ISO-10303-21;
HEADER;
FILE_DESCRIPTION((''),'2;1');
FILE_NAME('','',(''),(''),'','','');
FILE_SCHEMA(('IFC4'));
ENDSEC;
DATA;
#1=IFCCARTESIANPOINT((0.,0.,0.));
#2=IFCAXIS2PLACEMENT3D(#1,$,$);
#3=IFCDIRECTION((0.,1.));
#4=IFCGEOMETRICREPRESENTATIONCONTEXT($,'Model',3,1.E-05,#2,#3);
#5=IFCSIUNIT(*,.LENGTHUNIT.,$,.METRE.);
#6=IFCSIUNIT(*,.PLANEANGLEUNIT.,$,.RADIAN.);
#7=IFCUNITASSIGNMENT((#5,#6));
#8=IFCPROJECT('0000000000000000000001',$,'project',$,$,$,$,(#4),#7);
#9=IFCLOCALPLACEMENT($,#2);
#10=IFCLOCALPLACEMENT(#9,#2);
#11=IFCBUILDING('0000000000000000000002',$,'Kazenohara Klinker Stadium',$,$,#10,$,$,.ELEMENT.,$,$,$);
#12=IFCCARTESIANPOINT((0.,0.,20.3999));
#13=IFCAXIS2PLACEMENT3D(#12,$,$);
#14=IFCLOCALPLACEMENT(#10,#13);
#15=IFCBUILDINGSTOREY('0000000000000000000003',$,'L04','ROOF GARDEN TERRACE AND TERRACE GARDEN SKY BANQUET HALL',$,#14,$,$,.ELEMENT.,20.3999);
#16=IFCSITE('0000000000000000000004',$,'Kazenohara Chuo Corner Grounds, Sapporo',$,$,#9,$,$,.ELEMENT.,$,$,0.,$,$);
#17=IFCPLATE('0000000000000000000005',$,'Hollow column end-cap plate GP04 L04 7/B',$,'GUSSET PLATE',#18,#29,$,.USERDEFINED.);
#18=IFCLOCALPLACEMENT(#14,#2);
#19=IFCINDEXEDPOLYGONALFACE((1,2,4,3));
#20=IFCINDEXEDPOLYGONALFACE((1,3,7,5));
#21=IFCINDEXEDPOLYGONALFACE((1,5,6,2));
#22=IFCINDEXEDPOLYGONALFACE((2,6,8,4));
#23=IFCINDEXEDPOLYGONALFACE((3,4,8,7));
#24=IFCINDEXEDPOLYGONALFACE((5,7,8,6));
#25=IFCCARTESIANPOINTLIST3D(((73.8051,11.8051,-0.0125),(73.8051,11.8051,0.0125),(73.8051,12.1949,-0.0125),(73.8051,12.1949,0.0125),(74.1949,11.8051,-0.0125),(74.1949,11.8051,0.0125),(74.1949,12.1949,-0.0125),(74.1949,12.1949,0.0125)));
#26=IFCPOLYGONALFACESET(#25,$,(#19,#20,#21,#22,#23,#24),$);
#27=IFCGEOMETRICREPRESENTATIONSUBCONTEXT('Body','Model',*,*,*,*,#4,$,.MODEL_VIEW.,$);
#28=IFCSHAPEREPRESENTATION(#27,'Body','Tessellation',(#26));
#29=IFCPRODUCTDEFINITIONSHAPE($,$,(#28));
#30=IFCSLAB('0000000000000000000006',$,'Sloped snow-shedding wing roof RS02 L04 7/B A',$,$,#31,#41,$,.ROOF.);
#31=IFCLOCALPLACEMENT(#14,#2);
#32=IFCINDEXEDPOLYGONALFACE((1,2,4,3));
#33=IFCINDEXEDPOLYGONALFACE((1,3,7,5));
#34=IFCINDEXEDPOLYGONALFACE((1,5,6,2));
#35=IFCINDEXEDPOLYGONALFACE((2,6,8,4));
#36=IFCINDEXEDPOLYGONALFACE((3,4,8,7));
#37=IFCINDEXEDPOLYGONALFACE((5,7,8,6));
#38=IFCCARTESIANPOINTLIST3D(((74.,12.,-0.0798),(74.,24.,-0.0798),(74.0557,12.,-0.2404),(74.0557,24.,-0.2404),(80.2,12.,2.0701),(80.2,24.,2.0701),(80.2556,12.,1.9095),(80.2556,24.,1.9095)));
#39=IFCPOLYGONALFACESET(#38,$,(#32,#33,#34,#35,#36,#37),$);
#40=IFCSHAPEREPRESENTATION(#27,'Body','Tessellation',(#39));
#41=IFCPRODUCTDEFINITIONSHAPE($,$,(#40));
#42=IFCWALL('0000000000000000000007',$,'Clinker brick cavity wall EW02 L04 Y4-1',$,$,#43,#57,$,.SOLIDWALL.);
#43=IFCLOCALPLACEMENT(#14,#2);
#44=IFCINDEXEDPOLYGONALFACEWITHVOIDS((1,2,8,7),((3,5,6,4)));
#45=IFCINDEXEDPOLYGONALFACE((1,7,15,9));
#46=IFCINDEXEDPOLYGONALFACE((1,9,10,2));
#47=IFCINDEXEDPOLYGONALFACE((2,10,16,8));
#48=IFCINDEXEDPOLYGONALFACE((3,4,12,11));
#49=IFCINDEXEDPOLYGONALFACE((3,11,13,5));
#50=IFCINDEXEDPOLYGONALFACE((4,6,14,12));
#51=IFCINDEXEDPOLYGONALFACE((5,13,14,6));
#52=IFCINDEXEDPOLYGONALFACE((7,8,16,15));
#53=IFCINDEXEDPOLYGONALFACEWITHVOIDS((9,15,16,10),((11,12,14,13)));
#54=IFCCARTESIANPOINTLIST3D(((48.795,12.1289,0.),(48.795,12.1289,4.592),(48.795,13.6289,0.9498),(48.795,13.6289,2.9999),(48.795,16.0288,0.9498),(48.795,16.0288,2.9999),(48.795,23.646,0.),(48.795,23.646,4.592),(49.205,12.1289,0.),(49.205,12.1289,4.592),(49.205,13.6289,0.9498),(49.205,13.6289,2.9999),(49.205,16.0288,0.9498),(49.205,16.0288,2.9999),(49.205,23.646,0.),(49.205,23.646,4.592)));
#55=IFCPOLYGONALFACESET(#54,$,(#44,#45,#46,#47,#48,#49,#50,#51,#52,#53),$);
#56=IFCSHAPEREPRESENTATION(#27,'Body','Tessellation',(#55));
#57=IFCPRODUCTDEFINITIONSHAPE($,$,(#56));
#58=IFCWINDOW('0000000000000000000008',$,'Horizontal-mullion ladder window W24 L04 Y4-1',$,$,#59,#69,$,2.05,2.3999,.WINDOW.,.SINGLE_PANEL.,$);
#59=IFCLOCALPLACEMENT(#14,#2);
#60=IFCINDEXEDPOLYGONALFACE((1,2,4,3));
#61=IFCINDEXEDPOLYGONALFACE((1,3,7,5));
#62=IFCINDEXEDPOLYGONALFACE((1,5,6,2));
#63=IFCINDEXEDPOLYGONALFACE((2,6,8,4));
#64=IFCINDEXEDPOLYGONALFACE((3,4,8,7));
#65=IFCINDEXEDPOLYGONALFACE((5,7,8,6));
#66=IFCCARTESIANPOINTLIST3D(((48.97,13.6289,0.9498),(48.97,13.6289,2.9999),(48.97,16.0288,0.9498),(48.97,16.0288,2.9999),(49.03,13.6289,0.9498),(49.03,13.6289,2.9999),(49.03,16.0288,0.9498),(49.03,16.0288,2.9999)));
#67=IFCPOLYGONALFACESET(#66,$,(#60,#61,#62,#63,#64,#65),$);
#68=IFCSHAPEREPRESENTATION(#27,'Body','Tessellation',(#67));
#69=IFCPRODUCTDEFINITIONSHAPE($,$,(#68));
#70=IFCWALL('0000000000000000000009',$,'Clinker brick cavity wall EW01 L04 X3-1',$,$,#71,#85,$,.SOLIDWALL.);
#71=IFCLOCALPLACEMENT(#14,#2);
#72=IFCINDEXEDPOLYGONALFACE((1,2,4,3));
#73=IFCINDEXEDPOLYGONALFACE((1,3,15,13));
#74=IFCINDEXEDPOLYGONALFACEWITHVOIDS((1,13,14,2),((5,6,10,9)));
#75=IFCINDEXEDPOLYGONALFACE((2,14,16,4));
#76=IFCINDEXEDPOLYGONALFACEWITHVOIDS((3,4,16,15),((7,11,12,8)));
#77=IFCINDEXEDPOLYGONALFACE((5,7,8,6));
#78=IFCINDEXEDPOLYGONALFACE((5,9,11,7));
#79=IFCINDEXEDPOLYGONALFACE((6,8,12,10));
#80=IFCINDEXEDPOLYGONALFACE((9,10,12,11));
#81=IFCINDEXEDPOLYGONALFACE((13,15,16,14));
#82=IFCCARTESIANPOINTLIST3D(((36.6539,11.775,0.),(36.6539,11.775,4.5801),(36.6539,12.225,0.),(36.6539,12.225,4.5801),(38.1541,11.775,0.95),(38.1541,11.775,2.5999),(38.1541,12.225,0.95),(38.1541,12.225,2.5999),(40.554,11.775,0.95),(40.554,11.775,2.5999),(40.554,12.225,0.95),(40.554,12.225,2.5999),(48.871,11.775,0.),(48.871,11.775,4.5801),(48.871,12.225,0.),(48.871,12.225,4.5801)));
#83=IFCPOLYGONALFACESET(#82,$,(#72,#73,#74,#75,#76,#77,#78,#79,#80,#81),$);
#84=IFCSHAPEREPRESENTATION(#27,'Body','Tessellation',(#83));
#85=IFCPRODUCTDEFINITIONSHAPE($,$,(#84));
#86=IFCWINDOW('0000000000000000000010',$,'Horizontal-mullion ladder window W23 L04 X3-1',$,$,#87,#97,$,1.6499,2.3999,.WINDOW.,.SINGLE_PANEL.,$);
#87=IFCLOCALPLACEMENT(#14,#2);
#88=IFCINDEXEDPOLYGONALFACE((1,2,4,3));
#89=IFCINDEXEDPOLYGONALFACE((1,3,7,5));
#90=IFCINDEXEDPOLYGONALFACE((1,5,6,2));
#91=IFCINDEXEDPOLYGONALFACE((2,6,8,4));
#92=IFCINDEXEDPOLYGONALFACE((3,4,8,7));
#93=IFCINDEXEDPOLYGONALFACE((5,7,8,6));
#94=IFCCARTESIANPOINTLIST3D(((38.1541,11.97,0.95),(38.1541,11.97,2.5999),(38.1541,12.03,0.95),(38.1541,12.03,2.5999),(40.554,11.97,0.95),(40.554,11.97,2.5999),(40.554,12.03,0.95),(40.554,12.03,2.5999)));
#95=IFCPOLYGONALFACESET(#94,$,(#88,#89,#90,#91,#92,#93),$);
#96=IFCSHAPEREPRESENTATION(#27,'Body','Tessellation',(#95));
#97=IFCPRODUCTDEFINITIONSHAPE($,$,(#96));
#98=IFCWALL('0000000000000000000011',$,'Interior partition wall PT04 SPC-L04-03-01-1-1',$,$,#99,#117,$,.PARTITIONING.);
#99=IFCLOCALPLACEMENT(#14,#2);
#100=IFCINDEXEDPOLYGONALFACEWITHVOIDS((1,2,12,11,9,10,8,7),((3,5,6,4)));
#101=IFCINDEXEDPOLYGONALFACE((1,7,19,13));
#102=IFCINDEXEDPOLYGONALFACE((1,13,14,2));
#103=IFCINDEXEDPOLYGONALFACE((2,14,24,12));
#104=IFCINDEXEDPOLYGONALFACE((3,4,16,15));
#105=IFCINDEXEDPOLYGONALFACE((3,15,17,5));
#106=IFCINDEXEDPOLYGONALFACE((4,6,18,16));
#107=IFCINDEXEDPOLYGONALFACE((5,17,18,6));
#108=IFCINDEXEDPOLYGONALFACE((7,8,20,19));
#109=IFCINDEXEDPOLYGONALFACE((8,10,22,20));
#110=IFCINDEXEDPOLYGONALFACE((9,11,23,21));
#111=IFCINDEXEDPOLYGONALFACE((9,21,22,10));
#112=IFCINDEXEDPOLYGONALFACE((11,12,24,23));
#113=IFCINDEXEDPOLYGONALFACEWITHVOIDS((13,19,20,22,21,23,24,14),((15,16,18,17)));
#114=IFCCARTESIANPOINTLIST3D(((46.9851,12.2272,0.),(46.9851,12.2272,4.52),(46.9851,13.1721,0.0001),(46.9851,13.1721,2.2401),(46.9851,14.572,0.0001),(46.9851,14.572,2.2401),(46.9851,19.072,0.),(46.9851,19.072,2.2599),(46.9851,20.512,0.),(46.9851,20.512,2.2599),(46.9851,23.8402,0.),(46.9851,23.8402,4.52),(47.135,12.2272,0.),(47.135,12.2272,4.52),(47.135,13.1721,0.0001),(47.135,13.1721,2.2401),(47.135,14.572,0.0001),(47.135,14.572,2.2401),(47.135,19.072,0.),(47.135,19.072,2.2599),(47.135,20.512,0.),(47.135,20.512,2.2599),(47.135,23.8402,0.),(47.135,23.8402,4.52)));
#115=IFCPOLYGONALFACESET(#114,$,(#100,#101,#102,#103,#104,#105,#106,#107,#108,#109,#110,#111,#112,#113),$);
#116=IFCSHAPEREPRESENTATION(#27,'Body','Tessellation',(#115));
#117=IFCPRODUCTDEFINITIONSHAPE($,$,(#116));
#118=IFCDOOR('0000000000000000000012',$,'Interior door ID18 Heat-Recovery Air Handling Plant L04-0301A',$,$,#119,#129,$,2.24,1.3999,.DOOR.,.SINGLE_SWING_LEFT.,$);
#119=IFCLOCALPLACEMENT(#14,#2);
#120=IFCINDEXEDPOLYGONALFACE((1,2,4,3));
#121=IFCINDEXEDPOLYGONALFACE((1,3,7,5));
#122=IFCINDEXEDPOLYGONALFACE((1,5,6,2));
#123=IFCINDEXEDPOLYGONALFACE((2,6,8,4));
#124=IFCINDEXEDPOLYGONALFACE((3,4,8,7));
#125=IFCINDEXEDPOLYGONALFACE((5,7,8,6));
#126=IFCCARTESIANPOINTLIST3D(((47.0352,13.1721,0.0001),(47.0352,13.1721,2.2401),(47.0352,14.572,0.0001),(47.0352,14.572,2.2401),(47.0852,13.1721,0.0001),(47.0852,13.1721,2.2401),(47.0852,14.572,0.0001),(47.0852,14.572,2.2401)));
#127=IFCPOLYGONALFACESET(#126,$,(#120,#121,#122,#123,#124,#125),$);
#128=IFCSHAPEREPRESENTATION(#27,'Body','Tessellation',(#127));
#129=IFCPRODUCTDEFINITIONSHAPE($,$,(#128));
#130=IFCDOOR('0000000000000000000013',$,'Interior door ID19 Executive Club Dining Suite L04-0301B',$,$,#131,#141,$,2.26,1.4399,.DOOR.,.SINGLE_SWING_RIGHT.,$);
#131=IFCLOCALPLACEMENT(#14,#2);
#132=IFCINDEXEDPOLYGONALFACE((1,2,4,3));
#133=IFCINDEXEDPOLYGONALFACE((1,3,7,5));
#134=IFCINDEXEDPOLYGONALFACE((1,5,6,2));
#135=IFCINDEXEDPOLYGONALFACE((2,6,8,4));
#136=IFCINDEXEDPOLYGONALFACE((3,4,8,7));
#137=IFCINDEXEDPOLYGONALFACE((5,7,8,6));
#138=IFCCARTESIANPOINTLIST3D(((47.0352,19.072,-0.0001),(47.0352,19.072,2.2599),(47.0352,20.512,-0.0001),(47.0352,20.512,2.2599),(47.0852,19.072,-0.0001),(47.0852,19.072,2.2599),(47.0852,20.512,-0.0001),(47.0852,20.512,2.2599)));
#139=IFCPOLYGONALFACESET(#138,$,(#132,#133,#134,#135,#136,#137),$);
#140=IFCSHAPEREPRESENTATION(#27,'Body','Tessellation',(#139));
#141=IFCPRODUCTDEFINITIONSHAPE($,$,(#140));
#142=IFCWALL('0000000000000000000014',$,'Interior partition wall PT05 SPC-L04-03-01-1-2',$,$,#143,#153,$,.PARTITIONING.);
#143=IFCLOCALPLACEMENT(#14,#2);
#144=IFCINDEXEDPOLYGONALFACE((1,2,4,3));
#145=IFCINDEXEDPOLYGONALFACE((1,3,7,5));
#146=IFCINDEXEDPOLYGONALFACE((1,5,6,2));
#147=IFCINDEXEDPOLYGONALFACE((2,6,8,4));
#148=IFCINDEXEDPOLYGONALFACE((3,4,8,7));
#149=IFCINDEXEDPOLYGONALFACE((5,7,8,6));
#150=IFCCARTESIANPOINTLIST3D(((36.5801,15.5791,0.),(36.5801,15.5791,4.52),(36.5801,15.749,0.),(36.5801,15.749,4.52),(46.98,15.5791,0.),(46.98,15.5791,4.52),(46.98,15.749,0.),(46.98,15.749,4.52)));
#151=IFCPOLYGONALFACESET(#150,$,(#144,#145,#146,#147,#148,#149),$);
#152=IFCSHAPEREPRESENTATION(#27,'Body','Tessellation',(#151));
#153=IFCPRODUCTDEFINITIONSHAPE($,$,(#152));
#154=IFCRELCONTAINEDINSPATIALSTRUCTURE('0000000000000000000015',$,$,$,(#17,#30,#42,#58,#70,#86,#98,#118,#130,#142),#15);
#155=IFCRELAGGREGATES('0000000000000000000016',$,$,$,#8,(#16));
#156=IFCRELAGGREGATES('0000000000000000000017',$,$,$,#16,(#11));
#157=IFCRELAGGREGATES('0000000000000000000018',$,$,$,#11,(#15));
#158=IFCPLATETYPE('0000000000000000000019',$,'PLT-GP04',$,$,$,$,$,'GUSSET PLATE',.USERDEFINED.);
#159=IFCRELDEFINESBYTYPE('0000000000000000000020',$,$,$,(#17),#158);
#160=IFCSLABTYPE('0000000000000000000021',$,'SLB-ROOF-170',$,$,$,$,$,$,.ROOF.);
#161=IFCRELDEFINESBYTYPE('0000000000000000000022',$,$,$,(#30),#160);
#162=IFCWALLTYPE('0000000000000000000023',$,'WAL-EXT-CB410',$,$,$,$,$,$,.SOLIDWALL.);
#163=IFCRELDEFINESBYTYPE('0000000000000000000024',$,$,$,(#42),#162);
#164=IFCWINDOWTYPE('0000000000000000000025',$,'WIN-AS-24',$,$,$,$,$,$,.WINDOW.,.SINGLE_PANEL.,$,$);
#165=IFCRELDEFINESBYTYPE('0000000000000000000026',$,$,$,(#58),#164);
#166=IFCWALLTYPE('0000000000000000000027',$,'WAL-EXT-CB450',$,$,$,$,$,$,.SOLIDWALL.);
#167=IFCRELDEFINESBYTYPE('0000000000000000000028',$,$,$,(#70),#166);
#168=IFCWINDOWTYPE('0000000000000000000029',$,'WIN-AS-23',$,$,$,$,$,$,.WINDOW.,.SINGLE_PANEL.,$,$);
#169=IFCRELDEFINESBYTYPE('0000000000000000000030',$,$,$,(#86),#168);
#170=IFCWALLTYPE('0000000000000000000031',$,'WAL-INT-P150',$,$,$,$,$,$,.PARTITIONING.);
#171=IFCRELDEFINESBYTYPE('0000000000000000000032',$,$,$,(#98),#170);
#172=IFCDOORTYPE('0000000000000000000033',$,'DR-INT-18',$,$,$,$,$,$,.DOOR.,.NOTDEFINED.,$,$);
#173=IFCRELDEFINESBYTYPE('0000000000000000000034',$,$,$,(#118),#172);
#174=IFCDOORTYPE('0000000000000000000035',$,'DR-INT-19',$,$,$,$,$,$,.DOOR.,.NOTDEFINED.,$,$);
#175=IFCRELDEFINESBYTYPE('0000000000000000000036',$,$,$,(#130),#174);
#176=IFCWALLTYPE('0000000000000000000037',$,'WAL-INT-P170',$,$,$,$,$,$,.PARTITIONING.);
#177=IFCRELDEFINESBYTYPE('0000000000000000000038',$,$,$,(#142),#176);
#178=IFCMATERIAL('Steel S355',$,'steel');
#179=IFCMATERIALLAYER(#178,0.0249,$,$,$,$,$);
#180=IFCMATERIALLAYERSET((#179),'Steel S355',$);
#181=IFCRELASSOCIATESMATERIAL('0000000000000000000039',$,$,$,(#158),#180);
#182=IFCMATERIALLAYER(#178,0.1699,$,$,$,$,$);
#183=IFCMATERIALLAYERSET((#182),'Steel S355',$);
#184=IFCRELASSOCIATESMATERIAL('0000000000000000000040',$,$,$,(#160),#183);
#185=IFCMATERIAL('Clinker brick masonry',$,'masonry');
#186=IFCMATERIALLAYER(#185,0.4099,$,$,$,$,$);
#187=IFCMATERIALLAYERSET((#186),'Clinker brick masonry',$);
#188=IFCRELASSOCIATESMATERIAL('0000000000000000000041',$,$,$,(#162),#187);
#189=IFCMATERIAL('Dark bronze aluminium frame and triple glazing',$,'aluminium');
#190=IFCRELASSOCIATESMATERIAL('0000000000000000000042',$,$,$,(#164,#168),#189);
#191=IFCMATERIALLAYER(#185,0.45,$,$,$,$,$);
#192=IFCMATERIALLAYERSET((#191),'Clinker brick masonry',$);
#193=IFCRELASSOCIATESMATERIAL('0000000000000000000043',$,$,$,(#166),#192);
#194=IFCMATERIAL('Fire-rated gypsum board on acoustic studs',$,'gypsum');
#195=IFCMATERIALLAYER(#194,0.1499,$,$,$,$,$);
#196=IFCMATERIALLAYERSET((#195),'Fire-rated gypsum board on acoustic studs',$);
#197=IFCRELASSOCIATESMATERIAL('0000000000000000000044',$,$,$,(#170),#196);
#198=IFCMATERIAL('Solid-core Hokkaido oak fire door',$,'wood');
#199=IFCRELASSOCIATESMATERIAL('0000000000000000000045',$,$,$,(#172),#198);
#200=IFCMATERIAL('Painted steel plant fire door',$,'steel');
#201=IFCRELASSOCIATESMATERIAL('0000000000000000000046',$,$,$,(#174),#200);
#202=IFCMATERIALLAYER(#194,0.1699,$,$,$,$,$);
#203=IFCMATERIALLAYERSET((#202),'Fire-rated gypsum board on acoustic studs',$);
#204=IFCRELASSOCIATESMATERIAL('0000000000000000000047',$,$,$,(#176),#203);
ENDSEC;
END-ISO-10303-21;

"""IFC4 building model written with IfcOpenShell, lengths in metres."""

from ifc_helpers import new_model, si_unit, direction, frame, frame_2d, origin, origin_2d, place, context, subcontext, project, spatial, polyline, rectangle, outline, extrude, material, layer, layer_set, type_object, element, fill, save


model = new_model("IFC4")

# Units and contexts
model_context = context("Model", 3, precision=1e-05, world=origin(), true_north=direction((0.0, 1.0)))
body_context = subcontext(model_context, "Body", "Model", "MODEL_VIEW")
ifc_project = project(units=[si_unit("LENGTHUNIT", "METRE"), si_unit("PLANEANGLEUNIT", "RADIAN")], contexts=[model_context])

# Site, building, storey
site_placement = place(None, origin())
site = spatial("IfcSite", under=ifc_project, at=site_placement, Name="Kazenohara Chuo Corner Grounds, Sapporo", CompositionType="ELEMENT", RefElevation=0.0)
building_placement = place(site_placement, origin())
building = spatial("IfcBuilding", under=site, at=building_placement, Name="Kazenohara Klinker Stadium", CompositionType="ELEMENT")
storey_placement = place(building_placement, frame((0.0, 0.0, 20.3999)))
storey = spatial("IfcBuildingStorey", under=building, at=storey_placement, Name="L04", Description="ROOF GARDEN TERRACE AND TERRACE GARDEN SKY BANQUET HALL", CompositionType="ELEMENT", Elevation=20.3999)

# Shared definitions
ifc_material_1 = material(Name="Steel S355", Category="steel")

# Plate
ifc_layer_1 = layer(ifc_material_1, 0.0249)
ifc_layer_set_1 = layer_set([ifc_layer_1], Name="Steel S355")
plate_type_1 = type_object("IfcPlateType", Name="PLT-GP04", ElementType="GUSSET PLATE", PredefinedType="USERDEFINED", material=ifc_layer_set_1)
plate_1_placement = place(storey_placement, frame((74.0, 12.0, -0.0125), z_axis=(0.0, 0.0, 1.0), x_axis=(1.0, 0.0, 0.0)))
element("IfcPlate", 1, at=plate_1_placement, inside=storey, type_object=plate_type_1, Name="Hollow column end-cap plate GP04 L04 7/B", ObjectType="GUSSET PLATE", PredefinedType="USERDEFINED", context=body_context, shape_type="SweptSolid", body=[
    extrude(rectangle(XDim=0.3899, YDim=0.3899, at=origin_2d()), origin(), (0.0, 0.0, 1.0), 0.0249),
])

# Slab
ifc_layer_2 = layer(ifc_material_1, 0.1699)
ifc_layer_set_2 = layer_set([ifc_layer_2], Name="Steel S355")
slab_type = type_object("IfcSlabType", Name="SLB-ROOF-170", PredefinedType="ROOF", material=ifc_layer_set_2)
slab_placement = place(storey_placement, frame((74.0, 12.0, -0.0798), z_axis=(-0.327623, 0.0, 0.944809), x_axis=(0.944809, 0.0, 0.327623)))
element("IfcSlab", 2, at=slab_placement, inside=storey, type_object=slab_type, Name="Sloped snow-shedding wing roof RS02 L04 7/B A", PredefinedType="ROOF", context=body_context, shape_type="SweptSolid", body=[
    extrude(outline(polyline([(0.0, 0.0), (6.5621, 0.0), (6.5621, 12.0), (0.0, 12.0), (0.0, 0.0)])), origin(), (0.0, 0.0, -1.0), 0.1699),
])

# Walls, openings, windows
ifc_material_2 = material(Name="Clinker brick masonry", Category="masonry")
ifc_layer_3 = layer(ifc_material_2, 0.4099)
ifc_layer_set_3 = layer_set([ifc_layer_3], Name="Clinker brick masonry")
wall_type_1 = type_object("IfcWallType", Name="WAL-EXT-CB410", PredefinedType="SOLIDWALL", material=ifc_layer_set_3)
wall_1_placement = place(storey_placement, frame((49.0, 12.1289, 0.0), z_axis=(0.0, 0.0, 1.0), x_axis=(0.0, 1.0, 0.0)))
wall_1 = element("IfcWall", 3, at=wall_1_placement, inside=storey, type_object=wall_type_1, Name="Clinker brick cavity wall EW02 L04 Y4-1", PredefinedType="SOLIDWALL", context=body_context, shape_type="SweptSolid", body=[
    extrude(rectangle(XDim=11.5171, YDim=0.4099, at=frame_2d((5.7585, 0.0))), origin(), (0.0, 0.0, 1.0), 4.592),
])
opening_1_placement = place(wall_1_placement, frame((1.5, 0.0, 0.95)))
opening_1 = element("IfcOpeningElement", 4, at=opening_1_placement, cuts=wall_1, PredefinedType="OPENING", context=body_context, shape_type="SweptSolid", body=[
    extrude(rectangle(XDim=2.3999, YDim=2.05, at=frame_2d((1.2, 1.0249))), frame((0.0, 0.2148, 0.0), z_axis=(0.0, -1.0, 0.0), x_axis=(1.0, 0.0, 0.0)), (0.0, 0.0, 1.0), 0.4299),
])
ifc_material_3 = material(Name="Dark bronze aluminium frame and triple glazing", Category="aluminium")
window_type_1 = type_object("IfcWindowType", Name="WIN-AS-24", PartitioningType="SINGLE_PANEL", PredefinedType="WINDOW", material=ifc_material_3)
window_1_placement = place(opening_1_placement, origin())
window_1 = element("IfcWindow", 5, at=window_1_placement, inside=storey, type_object=window_type_1, Name="Horizontal-mullion ladder window W24 L04 Y4-1", OverallHeight=2.05, OverallWidth=2.3999, PartitioningType="SINGLE_PANEL", PredefinedType="WINDOW", context=body_context, shape_type="SweptSolid", body=[
    extrude(rectangle(XDim=2.3999, YDim=2.05, at=frame_2d((1.2, 1.0249))), frame((0.0, 0.03, 0.0), z_axis=(0.0, -1.0, 0.0), x_axis=(1.0, 0.0, 0.0)), (0.0, 0.0, 1.0), 0.0601),
])
fill(opening_1, window_1)
ifc_layer_4 = layer(ifc_material_2, 0.45)
ifc_layer_set_4 = layer_set([ifc_layer_4], Name="Clinker brick masonry")
wall_type_2 = type_object("IfcWallType", Name="WAL-EXT-CB450", PredefinedType="SOLIDWALL", material=ifc_layer_set_4)
wall_2_placement = place(storey_placement, frame((36.6541, 12.0, 0.0), z_axis=(0.0, 0.0, 1.0), x_axis=(1.0, 0.0, 0.0)))
wall_2 = element("IfcWall", 6, at=wall_2_placement, inside=storey, type_object=wall_type_2, Name="Clinker brick cavity wall EW01 L04 X3-1", PredefinedType="SOLIDWALL", context=body_context, shape_type="SweptSolid", body=[
    extrude(rectangle(XDim=12.217, YDim=0.45, at=frame_2d((6.1084, 0.0))), origin(), (0.0, 0.0, 1.0), 4.5801),
])
opening_2_placement = place(wall_2_placement, frame((1.5, 0.0, 0.95)))
opening_2 = element("IfcOpeningElement", 7, at=opening_2_placement, cuts=wall_2, PredefinedType="OPENING", context=body_context, shape_type="SweptSolid", body=[
    extrude(rectangle(XDim=2.3999, YDim=1.6499, at=frame_2d((1.2, 0.825))), frame((0.0, 0.2349, 0.0), z_axis=(0.0, -1.0, 0.0), x_axis=(1.0, 0.0, 0.0)), (0.0, 0.0, 1.0), 0.47),
])
window_type_2 = type_object("IfcWindowType", Name="WIN-AS-23", PartitioningType="SINGLE_PANEL", PredefinedType="WINDOW", material=ifc_material_3)
window_2_placement = place(opening_2_placement, origin())
window_2 = element("IfcWindow", 8, at=window_2_placement, inside=storey, type_object=window_type_2, Name="Horizontal-mullion ladder window W23 L04 X3-1", OverallHeight=1.6499, OverallWidth=2.3999, PartitioningType="SINGLE_PANEL", PredefinedType="WINDOW", context=body_context, shape_type="SweptSolid", body=[
    extrude(rectangle(XDim=2.3999, YDim=1.6499, at=frame_2d((1.2, 0.825))), frame((0.0, 0.03, 0.0), z_axis=(0.0, -1.0, 0.0), x_axis=(1.0, 0.0, 0.0)), (0.0, 0.0, 1.0), 0.0601),
])
fill(opening_2, window_2)

# Wall, openings, doors
ifc_material_4 = material(Name="Fire-rated gypsum board on acoustic studs", Category="gypsum")
ifc_layer_5 = layer(ifc_material_4, 0.1499)
ifc_layer_set_5 = layer_set([ifc_layer_5], Name="Fire-rated gypsum board on acoustic studs")
wall_type_3 = type_object("IfcWallType", Name="WAL-INT-P150", PredefinedType="PARTITIONING", material=ifc_layer_set_5)
wall_3_placement = place(storey_placement, frame((47.0601, 12.2271, 0.0), z_axis=(0.0, 0.0, 1.0), x_axis=(0.0, 1.0, 0.0)))
wall_3 = element("IfcWall", 9, at=wall_3_placement, inside=storey, type_object=wall_type_3, Name="Interior partition wall PT04 SPC-L04-03-01-1-1", PredefinedType="PARTITIONING", context=body_context, shape_type="SweptSolid", body=[
    extrude(rectangle(XDim=11.613, YDim=0.1499, at=frame_2d((5.8066, 0.0))), origin(), (0.0, 0.0, 1.0), 4.52),
])
opening_3_placement = place(wall_3_placement, frame((0.9451, 0.0, 0.0)))
opening_3 = element("IfcOpeningElement", 10, at=opening_3_placement, cuts=wall_3, PredefinedType="OPENING", context=body_context, shape_type="SweptSolid", body=[
    extrude(rectangle(XDim=1.3999, YDim=2.24, at=frame_2d((0.7, 1.1201))), frame((0.0, 0.085, 0.0), z_axis=(0.0, -1.0, 0.0), x_axis=(1.0, 0.0, 0.0)), (0.0, 0.0, 1.0), 0.1699),
])
opening_4_placement = place(wall_3_placement, frame((6.845, 0.0, 0.0)))
opening_4 = element("IfcOpeningElement", 11, at=opening_4_placement, cuts=wall_3, PredefinedType="OPENING", context=body_context, shape_type="SweptSolid", body=[
    extrude(rectangle(XDim=1.4399, YDim=2.26, at=frame_2d((0.72, 1.1299))), frame((0.0, 0.085, 0.0), z_axis=(0.0, -1.0, 0.0), x_axis=(1.0, 0.0, 0.0)), (0.0, 0.0, 1.0), 0.1699),
])
ifc_material_5 = material(Name="Solid-core Hokkaido oak fire door", Category="wood")
door_type_1 = type_object("IfcDoorType", Name="DR-INT-18", OperationType="NOTDEFINED", PredefinedType="DOOR", material=ifc_material_5)
door_1_placement = place(opening_3_placement, origin())
door_1 = element("IfcDoor", 12, at=door_1_placement, inside=storey, type_object=door_type_1, Name="Interior door ID18 Heat-Recovery Air Handling Plant L04-0301A", OperationType="SINGLE_SWING_LEFT", OverallHeight=2.24, OverallWidth=1.3999, PredefinedType="DOOR", context=body_context, shape_type="SweptSolid", body=[
    extrude(rectangle(XDim=1.3999, YDim=2.24, at=frame_2d((0.7, 1.1201))), frame((0.0, 0.0249, 0.0), z_axis=(0.0, -1.0, 0.0), x_axis=(1.0, 0.0, 0.0)), (0.0, 0.0, 1.0), 0.05),
])
fill(opening_3, door_1)
ifc_material_6 = material(Name="Painted steel plant fire door", Category="steel")
door_type_2 = type_object("IfcDoorType", Name="DR-INT-19", OperationType="NOTDEFINED", PredefinedType="DOOR", material=ifc_material_6)
door_2_placement = place(opening_4_placement, origin())
door_2 = element("IfcDoor", 13, at=door_2_placement, inside=storey, type_object=door_type_2, Name="Interior door ID19 Executive Club Dining Suite L04-0301B", OperationType="SINGLE_SWING_RIGHT", OverallHeight=2.26, OverallWidth=1.4399, PredefinedType="DOOR", context=body_context, shape_type="SweptSolid", body=[
    extrude(rectangle(XDim=1.4399, YDim=2.26, at=frame_2d((0.72, 1.1299))), frame((0.0, 0.0249, 0.0), z_axis=(0.0, -1.0, 0.0), x_axis=(1.0, 0.0, 0.0)), (0.0, 0.0, 1.0), 0.05),
])
fill(opening_4, door_2)

# Wall
ifc_layer_6 = layer(ifc_material_4, 0.1699)
ifc_layer_set_6 = layer_set([ifc_layer_6], Name="Fire-rated gypsum board on acoustic studs")
wall_type_4 = type_object("IfcWallType", Name="WAL-INT-P170", PredefinedType="PARTITIONING", material=ifc_layer_set_6)
wall_4_placement = place(storey_placement, frame((36.5801, 15.6641, 0.0), z_axis=(0.0, 0.0, 1.0), x_axis=(1.0, 0.0, 0.0)))
element("IfcWall", 14, at=wall_4_placement, inside=storey, type_object=wall_type_4, Name="Interior partition wall PT05 SPC-L04-03-01-1-2", PredefinedType="PARTITIONING", context=body_context, shape_type="SweptSolid", body=[
    extrude(rectangle(XDim=10.3999, YDim=0.1699, at=frame_2d((5.2, 0.0))), origin(), (0.0, 0.0, 1.0), 4.52),
])

save(model, "model.ifc")
